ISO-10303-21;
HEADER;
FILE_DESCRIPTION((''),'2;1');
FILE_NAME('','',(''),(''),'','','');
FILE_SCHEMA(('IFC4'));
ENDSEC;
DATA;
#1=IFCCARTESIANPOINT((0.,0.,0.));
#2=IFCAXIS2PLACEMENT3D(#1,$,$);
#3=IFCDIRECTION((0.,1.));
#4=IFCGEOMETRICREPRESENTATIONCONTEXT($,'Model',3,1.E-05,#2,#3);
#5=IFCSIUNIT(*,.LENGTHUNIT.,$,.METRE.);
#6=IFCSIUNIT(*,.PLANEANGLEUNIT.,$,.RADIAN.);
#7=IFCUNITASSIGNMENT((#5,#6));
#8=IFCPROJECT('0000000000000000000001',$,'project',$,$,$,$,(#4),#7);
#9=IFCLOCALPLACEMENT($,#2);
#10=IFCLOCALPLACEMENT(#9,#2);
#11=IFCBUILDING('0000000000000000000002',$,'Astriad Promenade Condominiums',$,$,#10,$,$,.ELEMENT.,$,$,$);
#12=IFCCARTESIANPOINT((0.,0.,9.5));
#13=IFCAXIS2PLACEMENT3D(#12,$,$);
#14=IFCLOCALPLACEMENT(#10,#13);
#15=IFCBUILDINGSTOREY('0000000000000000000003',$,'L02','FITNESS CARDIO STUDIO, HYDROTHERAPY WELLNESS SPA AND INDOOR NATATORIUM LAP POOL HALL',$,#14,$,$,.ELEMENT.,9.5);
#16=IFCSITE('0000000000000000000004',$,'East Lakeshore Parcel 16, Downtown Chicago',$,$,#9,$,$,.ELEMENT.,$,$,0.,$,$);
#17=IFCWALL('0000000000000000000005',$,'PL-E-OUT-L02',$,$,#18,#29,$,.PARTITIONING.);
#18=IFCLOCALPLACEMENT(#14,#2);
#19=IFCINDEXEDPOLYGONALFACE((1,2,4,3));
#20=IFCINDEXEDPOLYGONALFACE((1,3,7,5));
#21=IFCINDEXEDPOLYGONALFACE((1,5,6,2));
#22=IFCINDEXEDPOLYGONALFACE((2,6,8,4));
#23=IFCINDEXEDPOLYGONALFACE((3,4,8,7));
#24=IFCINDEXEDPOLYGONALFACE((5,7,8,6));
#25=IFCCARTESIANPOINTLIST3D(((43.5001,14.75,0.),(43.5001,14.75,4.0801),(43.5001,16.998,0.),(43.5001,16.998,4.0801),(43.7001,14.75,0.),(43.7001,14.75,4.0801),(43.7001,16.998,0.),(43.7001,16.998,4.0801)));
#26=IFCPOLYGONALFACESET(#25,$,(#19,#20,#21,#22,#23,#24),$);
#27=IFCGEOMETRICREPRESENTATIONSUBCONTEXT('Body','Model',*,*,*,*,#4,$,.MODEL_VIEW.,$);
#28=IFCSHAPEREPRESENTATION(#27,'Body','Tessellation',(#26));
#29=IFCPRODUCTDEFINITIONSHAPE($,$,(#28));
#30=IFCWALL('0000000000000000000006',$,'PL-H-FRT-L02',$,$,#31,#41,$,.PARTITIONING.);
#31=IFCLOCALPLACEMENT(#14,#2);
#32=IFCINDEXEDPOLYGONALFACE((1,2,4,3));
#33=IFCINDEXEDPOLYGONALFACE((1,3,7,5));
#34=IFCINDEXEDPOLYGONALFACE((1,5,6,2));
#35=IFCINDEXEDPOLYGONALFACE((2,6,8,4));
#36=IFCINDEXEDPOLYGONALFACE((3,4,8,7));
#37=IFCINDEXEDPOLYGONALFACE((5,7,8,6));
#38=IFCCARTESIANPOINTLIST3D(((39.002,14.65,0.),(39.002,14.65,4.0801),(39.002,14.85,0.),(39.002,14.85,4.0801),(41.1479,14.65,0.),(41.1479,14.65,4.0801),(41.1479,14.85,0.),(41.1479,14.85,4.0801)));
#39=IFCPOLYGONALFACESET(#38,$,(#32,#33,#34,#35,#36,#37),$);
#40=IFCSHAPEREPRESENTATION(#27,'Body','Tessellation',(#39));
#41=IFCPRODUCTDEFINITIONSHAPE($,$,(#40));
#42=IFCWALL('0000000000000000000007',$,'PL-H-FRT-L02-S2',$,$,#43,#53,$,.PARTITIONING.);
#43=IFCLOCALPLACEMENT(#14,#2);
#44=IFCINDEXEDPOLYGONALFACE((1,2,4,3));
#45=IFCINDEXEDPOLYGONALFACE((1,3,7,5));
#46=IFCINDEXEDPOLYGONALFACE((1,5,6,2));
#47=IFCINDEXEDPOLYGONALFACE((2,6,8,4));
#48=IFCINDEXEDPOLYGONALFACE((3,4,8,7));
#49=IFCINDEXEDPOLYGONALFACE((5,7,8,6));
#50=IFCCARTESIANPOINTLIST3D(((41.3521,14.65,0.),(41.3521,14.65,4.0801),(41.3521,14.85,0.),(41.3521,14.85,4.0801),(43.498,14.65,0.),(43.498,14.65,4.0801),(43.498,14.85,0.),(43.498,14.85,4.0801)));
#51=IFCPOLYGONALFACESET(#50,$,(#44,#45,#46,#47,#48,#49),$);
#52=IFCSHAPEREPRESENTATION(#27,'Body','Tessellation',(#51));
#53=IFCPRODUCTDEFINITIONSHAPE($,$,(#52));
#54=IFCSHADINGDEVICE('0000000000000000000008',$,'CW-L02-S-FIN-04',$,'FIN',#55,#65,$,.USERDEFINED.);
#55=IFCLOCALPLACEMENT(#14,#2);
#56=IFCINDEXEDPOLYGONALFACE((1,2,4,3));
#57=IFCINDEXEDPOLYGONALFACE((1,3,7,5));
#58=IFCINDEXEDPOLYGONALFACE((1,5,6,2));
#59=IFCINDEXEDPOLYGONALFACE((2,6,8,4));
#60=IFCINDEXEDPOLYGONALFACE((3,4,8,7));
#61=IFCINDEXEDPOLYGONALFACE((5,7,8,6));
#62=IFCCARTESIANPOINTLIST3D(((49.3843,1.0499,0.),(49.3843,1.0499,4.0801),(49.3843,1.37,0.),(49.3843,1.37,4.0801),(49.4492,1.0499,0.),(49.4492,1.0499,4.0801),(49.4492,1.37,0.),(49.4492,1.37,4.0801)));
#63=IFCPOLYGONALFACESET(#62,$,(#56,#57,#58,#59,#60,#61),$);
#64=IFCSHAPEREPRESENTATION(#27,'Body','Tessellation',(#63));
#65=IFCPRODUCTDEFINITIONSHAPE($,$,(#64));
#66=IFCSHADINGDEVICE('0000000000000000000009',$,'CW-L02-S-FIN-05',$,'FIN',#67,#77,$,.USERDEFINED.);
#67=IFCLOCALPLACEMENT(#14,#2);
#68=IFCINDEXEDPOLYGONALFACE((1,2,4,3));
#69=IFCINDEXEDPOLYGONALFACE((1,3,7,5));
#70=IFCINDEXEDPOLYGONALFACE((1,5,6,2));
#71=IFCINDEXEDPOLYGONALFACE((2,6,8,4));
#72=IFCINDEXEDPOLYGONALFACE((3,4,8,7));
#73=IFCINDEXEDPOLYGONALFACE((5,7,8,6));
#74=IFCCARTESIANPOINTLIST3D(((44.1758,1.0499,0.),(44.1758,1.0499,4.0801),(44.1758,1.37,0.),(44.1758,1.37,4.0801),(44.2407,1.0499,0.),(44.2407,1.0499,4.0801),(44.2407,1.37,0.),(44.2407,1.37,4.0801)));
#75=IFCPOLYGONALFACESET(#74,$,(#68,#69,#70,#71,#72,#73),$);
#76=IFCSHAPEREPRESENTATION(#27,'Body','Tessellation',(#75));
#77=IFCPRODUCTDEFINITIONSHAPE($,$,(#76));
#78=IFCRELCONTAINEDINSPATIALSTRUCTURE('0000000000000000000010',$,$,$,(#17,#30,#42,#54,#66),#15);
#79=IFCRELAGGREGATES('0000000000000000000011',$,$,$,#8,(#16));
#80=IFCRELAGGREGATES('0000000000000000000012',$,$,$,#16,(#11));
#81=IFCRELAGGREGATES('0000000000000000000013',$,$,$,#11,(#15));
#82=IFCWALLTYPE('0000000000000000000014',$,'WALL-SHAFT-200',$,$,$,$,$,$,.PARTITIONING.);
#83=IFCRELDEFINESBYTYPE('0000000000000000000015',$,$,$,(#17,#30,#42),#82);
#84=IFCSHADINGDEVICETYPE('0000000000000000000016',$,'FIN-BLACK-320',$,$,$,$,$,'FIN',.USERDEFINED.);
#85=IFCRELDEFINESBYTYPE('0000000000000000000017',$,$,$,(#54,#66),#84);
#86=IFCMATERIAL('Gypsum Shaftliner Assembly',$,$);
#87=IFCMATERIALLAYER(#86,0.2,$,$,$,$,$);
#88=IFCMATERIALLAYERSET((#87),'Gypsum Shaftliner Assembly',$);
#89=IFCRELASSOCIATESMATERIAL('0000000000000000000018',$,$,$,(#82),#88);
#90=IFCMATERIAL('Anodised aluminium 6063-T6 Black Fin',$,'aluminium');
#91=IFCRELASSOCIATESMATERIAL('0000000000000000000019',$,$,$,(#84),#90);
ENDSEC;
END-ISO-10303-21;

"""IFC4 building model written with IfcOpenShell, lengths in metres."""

from ifc_helpers import new_model, si_unit, direction, frame, frame_2d, origin, origin_2d, place, context, subcontext, project, spatial, rectangle, extrude, source, transform, mapped, material, layer, layer_set, type_object, type_shapes, element, save


model = new_model("IFC4")

# Units and contexts
model_context = context("Model", 3, precision=1e-05, world=origin(), true_north=direction((0.0, 1.0)))
body_context = subcontext(model_context, "Body", "Model", "MODEL_VIEW")
ifc_project = project(units=[si_unit("LENGTHUNIT", "METRE"), si_unit("PLANEANGLEUNIT", "RADIAN")], contexts=[model_context])

# Site, building, storey
site_placement = place(None, origin())
site = spatial("IfcSite", under=ifc_project, at=site_placement, Name="East Lakeshore Parcel 16, Downtown Chicago", CompositionType="ELEMENT", RefElevation=0.0)
building_placement = place(site_placement, origin())
building = spatial("IfcBuilding", under=site, at=building_placement, Name="Astriad Promenade Condominiums", CompositionType="ELEMENT")
storey_placement = place(building_placement, frame((0.0, 0.0, 9.5)))
storey = spatial("IfcBuildingStorey", under=building, at=storey_placement, Name="L02", Description="FITNESS CARDIO STUDIO, HYDROTHERAPY WELLNESS SPA AND INDOOR NATATORIUM LAP POOL HALL", CompositionType="ELEMENT", Elevation=9.5)

# Walls
ifc_material_1 = material(Name="Gypsum Shaftliner Assembly")
ifc_layer_1 = layer(ifc_material_1, 0.2)
ifc_layer_set_1 = layer_set([ifc_layer_1], Name="Gypsum Shaftliner Assembly")
wall_type_1 = type_object("IfcWallType", Name="WALL-SHAFT-200", PredefinedType="PARTITIONING", material=ifc_layer_set_1)
for number, where, z_axis, x_axis, name in (
    (1, (43.6001, 14.75, 0.0), (0.0, 0.0, 1.0), (0.0, 1.0, 0.0), "PL-E-OUT-L02"),
):
    element("IfcWall", number, at=place(storey_placement, frame(where, z_axis=z_axis, x_axis=x_axis)), inside=storey, type_object=wall_type_1, Name=name, PredefinedType="PARTITIONING", context=body_context, shape_type="SweptSolid", body=[
        extrude(rectangle(XDim=2.248, YDim=0.2, at=frame_2d((1.124, 0.0))), origin(), (0.0, 0.0, 1.0), 4.0801),
    ])
for number, where, z_axis, x_axis, name in (
    (2, (39.002, 14.75, 0.0), (0.0, 0.0, 1.0), (1.0, 0.0, 0.0), "PL-H-FRT-L02"),
    (3, (41.3521, 14.75, 0.0), (0.0, 0.0, 1.0), (1.0, 0.0, 0.0), "PL-H-FRT-L02-S2"),
):
    element("IfcWall", number, at=place(storey_placement, frame(where, z_axis=z_axis, x_axis=x_axis)), inside=storey, type_object=wall_type_1, Name=name, PredefinedType="PARTITIONING", context=body_context, shape_type="SweptSolid", body=[
        extrude(rectangle(XDim=2.146, YDim=0.2, at=frame_2d((1.073, 0.0))), origin(), (0.0, 0.0, 1.0), 4.0801),
    ])

# Shading devices
ifc_material_2 = material(Name="Anodised aluminium 6063-T6 Black Fin", Category="aluminium")
shading_device_type = type_object("IfcShadingDeviceType", Name="FIN-BLACK-320", ElementType="FIN", PredefinedType="USERDEFINED", material=ifc_material_2)
shared_shape_1 = source(origin(), body_context, "Body", "SweptSolid", [
    extrude(rectangle(XDim=0.0649, YDim=0.3201, at=origin_2d()), origin(), (0.0, 0.0, 1.0), 4.0801),
])
type_shapes(shading_device_type, [shared_shape_1])
for number, where, z_axis, x_axis, name in (
    (4, (49.4167, 1.21, 0.0), (0.0, 0.0, 1.0), (-1.0, 0.0, 0.0), "CW-L02-S-FIN-04"),
    (5, (44.2083, 1.21, 0.0), (0.0, 0.0, 1.0), (-1.0, 0.0, 0.0), "CW-L02-S-FIN-05"),
):
    element("IfcShadingDevice", number, at=place(storey_placement, frame(where, z_axis=z_axis, x_axis=x_axis)), inside=storey, type_object=shading_device_type, Name=name, ObjectType="FIN", PredefinedType="USERDEFINED", context=body_context, shape_type="MappedRepresentation", body=[
        mapped(shared_shape_1, transform((0.0, 0.0, 0.0), scale=1.0)),
    ])

save(model, "model.ifc")
